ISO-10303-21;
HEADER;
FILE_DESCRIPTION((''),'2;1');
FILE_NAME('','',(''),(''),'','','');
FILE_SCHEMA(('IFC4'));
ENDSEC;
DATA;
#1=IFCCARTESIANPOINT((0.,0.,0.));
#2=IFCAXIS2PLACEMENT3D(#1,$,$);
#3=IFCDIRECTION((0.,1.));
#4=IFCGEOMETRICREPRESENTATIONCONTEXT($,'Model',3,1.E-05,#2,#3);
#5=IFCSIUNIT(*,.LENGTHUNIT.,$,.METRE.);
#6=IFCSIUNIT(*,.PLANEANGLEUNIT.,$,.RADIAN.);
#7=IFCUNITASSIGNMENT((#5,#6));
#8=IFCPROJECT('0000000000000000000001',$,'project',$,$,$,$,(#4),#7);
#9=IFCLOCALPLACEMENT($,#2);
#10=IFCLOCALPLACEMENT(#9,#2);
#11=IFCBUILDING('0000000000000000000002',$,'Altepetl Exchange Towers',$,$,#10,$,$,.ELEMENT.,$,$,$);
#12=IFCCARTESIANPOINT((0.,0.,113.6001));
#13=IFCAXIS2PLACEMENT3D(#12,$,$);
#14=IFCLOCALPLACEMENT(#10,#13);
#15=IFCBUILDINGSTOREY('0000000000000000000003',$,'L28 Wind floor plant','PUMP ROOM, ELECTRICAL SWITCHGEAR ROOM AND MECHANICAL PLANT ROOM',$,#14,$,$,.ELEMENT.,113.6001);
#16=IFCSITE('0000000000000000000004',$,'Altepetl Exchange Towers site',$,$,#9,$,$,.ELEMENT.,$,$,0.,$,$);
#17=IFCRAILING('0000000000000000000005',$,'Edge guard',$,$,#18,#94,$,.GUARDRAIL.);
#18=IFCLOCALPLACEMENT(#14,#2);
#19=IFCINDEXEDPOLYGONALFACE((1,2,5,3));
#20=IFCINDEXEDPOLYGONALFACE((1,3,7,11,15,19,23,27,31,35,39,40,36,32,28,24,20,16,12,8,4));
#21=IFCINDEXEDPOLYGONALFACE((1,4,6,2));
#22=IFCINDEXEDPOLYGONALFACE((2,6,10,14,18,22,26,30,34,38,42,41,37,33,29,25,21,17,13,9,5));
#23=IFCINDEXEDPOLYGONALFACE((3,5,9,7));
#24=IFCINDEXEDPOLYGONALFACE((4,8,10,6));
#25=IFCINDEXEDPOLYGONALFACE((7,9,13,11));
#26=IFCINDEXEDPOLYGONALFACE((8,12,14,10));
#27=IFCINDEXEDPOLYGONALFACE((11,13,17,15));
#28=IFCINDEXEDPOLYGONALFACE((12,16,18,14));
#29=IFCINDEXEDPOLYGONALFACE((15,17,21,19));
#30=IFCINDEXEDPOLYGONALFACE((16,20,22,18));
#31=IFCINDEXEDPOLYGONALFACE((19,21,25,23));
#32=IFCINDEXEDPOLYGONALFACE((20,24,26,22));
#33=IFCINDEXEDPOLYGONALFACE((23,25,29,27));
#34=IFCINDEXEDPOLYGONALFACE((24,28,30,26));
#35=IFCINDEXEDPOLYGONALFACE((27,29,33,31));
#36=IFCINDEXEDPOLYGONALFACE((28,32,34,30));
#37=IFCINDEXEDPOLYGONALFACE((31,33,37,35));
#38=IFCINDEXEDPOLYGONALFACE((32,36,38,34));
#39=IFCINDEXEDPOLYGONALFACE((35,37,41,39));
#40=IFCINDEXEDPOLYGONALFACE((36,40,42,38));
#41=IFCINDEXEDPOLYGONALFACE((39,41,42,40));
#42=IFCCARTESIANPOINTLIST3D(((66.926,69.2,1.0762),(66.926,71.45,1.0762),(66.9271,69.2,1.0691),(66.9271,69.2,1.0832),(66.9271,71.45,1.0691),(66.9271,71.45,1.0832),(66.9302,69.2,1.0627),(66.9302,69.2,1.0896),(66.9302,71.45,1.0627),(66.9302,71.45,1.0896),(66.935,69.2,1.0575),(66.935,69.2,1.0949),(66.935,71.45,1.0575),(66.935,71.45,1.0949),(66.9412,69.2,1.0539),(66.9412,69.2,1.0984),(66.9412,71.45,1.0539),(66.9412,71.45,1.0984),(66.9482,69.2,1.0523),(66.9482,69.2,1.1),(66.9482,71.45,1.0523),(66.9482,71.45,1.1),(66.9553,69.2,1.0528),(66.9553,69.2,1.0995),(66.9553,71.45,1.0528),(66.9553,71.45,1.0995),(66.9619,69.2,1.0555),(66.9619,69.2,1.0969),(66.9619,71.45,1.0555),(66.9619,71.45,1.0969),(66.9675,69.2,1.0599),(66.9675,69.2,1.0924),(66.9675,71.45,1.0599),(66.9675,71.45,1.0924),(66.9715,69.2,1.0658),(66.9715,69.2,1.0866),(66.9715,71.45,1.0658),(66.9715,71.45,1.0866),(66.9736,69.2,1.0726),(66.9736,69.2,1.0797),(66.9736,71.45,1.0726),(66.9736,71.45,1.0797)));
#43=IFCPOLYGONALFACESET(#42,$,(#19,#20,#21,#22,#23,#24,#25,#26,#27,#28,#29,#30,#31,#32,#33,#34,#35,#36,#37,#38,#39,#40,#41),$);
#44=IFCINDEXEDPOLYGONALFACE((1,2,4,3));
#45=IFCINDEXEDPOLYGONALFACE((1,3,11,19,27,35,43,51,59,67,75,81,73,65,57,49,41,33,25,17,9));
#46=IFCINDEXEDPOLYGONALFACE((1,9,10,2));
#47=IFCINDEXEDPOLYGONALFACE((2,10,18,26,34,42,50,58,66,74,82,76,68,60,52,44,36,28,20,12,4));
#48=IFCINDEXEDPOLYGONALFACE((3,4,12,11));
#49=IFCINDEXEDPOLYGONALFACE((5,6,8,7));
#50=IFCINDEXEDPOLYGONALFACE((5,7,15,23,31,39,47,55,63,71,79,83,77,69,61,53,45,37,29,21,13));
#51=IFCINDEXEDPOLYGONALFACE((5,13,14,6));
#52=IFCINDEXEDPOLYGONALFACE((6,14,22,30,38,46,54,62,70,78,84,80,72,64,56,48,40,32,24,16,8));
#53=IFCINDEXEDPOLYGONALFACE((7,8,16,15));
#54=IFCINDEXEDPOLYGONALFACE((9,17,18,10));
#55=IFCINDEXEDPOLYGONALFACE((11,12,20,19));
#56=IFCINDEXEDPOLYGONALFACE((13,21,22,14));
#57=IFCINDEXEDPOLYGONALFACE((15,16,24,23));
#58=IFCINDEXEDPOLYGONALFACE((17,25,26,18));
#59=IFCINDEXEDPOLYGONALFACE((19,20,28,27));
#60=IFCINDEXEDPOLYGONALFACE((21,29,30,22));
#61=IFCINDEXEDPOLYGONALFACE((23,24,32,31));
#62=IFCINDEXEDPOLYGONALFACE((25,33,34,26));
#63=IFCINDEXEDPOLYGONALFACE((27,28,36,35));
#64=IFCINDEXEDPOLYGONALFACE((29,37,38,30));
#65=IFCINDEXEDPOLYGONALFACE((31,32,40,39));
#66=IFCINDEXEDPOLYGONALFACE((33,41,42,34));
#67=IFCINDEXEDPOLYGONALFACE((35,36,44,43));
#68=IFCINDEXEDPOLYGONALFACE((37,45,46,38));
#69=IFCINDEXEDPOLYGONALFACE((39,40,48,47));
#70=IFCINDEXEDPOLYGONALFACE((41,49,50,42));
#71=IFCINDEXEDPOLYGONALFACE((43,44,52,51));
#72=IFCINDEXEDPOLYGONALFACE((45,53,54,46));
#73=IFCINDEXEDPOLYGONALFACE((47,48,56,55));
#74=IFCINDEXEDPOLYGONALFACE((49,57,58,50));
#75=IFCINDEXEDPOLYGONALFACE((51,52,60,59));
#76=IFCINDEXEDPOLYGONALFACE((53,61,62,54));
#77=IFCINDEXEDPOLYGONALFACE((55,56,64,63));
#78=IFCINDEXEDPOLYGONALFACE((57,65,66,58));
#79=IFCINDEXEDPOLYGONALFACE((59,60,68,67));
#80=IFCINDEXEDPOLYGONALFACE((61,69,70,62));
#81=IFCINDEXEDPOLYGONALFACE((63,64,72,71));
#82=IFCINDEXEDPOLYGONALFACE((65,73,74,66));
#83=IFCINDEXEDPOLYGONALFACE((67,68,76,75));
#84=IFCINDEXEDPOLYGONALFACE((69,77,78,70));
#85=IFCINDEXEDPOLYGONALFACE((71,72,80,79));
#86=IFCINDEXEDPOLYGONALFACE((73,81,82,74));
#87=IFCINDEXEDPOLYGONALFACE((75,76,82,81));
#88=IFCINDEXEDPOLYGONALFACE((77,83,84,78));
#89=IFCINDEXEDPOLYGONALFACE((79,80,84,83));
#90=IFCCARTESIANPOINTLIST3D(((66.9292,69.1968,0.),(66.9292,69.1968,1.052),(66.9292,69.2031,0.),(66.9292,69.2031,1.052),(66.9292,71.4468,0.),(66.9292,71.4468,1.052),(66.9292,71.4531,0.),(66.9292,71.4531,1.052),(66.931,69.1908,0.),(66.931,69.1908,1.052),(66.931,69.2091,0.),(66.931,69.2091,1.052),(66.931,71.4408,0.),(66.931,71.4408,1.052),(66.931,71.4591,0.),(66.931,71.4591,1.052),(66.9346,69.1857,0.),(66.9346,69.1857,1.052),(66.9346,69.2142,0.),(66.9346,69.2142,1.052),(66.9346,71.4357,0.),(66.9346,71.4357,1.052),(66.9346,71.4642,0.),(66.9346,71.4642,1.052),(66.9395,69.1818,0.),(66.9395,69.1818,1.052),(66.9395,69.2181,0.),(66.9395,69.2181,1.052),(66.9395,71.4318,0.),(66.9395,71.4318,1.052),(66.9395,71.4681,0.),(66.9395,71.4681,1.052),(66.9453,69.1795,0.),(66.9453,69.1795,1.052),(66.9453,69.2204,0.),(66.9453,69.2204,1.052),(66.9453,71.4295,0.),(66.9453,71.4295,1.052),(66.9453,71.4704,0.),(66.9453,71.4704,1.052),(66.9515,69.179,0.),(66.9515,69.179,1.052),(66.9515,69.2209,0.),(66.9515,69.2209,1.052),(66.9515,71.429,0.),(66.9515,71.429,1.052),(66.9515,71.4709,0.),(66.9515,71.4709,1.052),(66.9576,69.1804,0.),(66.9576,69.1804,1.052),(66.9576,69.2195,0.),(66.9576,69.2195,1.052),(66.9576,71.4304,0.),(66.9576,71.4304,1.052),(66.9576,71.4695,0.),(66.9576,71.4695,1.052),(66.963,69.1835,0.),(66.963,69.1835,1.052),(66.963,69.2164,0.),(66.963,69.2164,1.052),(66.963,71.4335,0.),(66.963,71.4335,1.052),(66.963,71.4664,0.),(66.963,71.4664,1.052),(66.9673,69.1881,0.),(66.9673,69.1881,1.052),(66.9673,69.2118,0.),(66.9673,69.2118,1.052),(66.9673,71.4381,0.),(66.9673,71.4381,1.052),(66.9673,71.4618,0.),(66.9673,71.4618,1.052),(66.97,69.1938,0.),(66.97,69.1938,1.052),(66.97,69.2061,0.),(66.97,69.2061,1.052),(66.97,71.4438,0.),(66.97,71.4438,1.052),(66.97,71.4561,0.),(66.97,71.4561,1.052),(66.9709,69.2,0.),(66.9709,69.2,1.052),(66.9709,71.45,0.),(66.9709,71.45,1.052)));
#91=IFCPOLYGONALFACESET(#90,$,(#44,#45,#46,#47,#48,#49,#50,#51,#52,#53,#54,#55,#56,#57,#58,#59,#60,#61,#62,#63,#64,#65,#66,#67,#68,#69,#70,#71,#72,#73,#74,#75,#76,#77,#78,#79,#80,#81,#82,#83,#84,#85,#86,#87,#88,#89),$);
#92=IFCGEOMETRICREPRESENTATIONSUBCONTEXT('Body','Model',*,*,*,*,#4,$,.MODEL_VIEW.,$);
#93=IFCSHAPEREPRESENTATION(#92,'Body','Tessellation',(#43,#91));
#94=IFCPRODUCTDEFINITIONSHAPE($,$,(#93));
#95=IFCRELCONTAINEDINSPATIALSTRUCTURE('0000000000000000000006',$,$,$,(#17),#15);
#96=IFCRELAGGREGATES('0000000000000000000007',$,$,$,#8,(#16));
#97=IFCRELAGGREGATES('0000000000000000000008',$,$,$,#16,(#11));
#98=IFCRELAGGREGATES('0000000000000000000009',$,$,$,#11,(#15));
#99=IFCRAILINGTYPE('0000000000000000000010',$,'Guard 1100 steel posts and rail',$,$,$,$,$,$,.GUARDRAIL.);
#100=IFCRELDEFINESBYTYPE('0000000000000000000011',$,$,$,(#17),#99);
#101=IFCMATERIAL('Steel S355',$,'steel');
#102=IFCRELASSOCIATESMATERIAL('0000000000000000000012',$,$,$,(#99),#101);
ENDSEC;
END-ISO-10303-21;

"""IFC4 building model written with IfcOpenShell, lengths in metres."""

from ifc_helpers import new_model, si_unit, direction, frame, origin, origin_2d, place, context, subcontext, project, spatial, circle, extrude, source, transform, mapped, material, type_object, element, save


model = new_model("IFC4")

# Units and contexts
model_context = context("Model", 3, precision=1e-05, world=origin(), true_north=direction((0.0, 1.0)))
body_context = subcontext(model_context, "Body", "Model", "MODEL_VIEW")
ifc_project = project(units=[si_unit("LENGTHUNIT", "METRE"), si_unit("PLANEANGLEUNIT", "RADIAN")], contexts=[model_context])

# Site, building, storey
site_placement = place(None, origin())
site = spatial("IfcSite", under=ifc_project, at=site_placement, Name="Altepetl Exchange Towers site", CompositionType="ELEMENT", RefElevation=0.0)
building_placement = place(site_placement, origin())
building = spatial("IfcBuilding", under=site, at=building_placement, Name="Altepetl Exchange Towers", CompositionType="ELEMENT")
storey_placement = place(building_placement, frame((0.0, 0.0, 113.6001)))
storey = spatial("IfcBuildingStorey", under=building, at=storey_placement, Name="L28 Wind floor plant", Description="PUMP ROOM, ELECTRICAL SWITCHGEAR ROOM AND MECHANICAL PLANT ROOM", CompositionType="ELEMENT", Elevation=113.6001)

# Shared definitions
ifc_material_1 = material(Name="Steel S355", Category="steel")

# Railing
railing_type = type_object("IfcRailingType", Name="Guard 1100 steel posts and rail", PredefinedType="GUARDRAIL", material=ifc_material_1)
shared_shape = source(origin(), body_context, "Body", "SweptSolid", [
    extrude(circle(Radius=0.021, at=origin_2d()), origin(), (0.0, 0.0, 1.0), 1.052),
])
railing_1_placement = place(storey_placement, frame((66.95, 69.2, 0.0)))
element("IfcRailing", 1, at=railing_1_placement, inside=storey, type_object=railing_type, Name="Edge guard", PredefinedType="GUARDRAIL", context=body_context, shape_type="SweptSolid", body=[
    extrude(circle(Radius=0.0239, at=origin_2d()), frame((0.0, 0.0, 1.0762), z_axis=(0.0, 1.0, 0.0), x_axis=(-1.0, 0.0, 0.0)), (0.0, 0.0, 1.0), 2.25),
    mapped(shared_shape, transform((0.0, 0.0, 0.0))),
    mapped(shared_shape, transform((0.0, 2.25, 0.0))),
])

save(model, "model.ifc")
